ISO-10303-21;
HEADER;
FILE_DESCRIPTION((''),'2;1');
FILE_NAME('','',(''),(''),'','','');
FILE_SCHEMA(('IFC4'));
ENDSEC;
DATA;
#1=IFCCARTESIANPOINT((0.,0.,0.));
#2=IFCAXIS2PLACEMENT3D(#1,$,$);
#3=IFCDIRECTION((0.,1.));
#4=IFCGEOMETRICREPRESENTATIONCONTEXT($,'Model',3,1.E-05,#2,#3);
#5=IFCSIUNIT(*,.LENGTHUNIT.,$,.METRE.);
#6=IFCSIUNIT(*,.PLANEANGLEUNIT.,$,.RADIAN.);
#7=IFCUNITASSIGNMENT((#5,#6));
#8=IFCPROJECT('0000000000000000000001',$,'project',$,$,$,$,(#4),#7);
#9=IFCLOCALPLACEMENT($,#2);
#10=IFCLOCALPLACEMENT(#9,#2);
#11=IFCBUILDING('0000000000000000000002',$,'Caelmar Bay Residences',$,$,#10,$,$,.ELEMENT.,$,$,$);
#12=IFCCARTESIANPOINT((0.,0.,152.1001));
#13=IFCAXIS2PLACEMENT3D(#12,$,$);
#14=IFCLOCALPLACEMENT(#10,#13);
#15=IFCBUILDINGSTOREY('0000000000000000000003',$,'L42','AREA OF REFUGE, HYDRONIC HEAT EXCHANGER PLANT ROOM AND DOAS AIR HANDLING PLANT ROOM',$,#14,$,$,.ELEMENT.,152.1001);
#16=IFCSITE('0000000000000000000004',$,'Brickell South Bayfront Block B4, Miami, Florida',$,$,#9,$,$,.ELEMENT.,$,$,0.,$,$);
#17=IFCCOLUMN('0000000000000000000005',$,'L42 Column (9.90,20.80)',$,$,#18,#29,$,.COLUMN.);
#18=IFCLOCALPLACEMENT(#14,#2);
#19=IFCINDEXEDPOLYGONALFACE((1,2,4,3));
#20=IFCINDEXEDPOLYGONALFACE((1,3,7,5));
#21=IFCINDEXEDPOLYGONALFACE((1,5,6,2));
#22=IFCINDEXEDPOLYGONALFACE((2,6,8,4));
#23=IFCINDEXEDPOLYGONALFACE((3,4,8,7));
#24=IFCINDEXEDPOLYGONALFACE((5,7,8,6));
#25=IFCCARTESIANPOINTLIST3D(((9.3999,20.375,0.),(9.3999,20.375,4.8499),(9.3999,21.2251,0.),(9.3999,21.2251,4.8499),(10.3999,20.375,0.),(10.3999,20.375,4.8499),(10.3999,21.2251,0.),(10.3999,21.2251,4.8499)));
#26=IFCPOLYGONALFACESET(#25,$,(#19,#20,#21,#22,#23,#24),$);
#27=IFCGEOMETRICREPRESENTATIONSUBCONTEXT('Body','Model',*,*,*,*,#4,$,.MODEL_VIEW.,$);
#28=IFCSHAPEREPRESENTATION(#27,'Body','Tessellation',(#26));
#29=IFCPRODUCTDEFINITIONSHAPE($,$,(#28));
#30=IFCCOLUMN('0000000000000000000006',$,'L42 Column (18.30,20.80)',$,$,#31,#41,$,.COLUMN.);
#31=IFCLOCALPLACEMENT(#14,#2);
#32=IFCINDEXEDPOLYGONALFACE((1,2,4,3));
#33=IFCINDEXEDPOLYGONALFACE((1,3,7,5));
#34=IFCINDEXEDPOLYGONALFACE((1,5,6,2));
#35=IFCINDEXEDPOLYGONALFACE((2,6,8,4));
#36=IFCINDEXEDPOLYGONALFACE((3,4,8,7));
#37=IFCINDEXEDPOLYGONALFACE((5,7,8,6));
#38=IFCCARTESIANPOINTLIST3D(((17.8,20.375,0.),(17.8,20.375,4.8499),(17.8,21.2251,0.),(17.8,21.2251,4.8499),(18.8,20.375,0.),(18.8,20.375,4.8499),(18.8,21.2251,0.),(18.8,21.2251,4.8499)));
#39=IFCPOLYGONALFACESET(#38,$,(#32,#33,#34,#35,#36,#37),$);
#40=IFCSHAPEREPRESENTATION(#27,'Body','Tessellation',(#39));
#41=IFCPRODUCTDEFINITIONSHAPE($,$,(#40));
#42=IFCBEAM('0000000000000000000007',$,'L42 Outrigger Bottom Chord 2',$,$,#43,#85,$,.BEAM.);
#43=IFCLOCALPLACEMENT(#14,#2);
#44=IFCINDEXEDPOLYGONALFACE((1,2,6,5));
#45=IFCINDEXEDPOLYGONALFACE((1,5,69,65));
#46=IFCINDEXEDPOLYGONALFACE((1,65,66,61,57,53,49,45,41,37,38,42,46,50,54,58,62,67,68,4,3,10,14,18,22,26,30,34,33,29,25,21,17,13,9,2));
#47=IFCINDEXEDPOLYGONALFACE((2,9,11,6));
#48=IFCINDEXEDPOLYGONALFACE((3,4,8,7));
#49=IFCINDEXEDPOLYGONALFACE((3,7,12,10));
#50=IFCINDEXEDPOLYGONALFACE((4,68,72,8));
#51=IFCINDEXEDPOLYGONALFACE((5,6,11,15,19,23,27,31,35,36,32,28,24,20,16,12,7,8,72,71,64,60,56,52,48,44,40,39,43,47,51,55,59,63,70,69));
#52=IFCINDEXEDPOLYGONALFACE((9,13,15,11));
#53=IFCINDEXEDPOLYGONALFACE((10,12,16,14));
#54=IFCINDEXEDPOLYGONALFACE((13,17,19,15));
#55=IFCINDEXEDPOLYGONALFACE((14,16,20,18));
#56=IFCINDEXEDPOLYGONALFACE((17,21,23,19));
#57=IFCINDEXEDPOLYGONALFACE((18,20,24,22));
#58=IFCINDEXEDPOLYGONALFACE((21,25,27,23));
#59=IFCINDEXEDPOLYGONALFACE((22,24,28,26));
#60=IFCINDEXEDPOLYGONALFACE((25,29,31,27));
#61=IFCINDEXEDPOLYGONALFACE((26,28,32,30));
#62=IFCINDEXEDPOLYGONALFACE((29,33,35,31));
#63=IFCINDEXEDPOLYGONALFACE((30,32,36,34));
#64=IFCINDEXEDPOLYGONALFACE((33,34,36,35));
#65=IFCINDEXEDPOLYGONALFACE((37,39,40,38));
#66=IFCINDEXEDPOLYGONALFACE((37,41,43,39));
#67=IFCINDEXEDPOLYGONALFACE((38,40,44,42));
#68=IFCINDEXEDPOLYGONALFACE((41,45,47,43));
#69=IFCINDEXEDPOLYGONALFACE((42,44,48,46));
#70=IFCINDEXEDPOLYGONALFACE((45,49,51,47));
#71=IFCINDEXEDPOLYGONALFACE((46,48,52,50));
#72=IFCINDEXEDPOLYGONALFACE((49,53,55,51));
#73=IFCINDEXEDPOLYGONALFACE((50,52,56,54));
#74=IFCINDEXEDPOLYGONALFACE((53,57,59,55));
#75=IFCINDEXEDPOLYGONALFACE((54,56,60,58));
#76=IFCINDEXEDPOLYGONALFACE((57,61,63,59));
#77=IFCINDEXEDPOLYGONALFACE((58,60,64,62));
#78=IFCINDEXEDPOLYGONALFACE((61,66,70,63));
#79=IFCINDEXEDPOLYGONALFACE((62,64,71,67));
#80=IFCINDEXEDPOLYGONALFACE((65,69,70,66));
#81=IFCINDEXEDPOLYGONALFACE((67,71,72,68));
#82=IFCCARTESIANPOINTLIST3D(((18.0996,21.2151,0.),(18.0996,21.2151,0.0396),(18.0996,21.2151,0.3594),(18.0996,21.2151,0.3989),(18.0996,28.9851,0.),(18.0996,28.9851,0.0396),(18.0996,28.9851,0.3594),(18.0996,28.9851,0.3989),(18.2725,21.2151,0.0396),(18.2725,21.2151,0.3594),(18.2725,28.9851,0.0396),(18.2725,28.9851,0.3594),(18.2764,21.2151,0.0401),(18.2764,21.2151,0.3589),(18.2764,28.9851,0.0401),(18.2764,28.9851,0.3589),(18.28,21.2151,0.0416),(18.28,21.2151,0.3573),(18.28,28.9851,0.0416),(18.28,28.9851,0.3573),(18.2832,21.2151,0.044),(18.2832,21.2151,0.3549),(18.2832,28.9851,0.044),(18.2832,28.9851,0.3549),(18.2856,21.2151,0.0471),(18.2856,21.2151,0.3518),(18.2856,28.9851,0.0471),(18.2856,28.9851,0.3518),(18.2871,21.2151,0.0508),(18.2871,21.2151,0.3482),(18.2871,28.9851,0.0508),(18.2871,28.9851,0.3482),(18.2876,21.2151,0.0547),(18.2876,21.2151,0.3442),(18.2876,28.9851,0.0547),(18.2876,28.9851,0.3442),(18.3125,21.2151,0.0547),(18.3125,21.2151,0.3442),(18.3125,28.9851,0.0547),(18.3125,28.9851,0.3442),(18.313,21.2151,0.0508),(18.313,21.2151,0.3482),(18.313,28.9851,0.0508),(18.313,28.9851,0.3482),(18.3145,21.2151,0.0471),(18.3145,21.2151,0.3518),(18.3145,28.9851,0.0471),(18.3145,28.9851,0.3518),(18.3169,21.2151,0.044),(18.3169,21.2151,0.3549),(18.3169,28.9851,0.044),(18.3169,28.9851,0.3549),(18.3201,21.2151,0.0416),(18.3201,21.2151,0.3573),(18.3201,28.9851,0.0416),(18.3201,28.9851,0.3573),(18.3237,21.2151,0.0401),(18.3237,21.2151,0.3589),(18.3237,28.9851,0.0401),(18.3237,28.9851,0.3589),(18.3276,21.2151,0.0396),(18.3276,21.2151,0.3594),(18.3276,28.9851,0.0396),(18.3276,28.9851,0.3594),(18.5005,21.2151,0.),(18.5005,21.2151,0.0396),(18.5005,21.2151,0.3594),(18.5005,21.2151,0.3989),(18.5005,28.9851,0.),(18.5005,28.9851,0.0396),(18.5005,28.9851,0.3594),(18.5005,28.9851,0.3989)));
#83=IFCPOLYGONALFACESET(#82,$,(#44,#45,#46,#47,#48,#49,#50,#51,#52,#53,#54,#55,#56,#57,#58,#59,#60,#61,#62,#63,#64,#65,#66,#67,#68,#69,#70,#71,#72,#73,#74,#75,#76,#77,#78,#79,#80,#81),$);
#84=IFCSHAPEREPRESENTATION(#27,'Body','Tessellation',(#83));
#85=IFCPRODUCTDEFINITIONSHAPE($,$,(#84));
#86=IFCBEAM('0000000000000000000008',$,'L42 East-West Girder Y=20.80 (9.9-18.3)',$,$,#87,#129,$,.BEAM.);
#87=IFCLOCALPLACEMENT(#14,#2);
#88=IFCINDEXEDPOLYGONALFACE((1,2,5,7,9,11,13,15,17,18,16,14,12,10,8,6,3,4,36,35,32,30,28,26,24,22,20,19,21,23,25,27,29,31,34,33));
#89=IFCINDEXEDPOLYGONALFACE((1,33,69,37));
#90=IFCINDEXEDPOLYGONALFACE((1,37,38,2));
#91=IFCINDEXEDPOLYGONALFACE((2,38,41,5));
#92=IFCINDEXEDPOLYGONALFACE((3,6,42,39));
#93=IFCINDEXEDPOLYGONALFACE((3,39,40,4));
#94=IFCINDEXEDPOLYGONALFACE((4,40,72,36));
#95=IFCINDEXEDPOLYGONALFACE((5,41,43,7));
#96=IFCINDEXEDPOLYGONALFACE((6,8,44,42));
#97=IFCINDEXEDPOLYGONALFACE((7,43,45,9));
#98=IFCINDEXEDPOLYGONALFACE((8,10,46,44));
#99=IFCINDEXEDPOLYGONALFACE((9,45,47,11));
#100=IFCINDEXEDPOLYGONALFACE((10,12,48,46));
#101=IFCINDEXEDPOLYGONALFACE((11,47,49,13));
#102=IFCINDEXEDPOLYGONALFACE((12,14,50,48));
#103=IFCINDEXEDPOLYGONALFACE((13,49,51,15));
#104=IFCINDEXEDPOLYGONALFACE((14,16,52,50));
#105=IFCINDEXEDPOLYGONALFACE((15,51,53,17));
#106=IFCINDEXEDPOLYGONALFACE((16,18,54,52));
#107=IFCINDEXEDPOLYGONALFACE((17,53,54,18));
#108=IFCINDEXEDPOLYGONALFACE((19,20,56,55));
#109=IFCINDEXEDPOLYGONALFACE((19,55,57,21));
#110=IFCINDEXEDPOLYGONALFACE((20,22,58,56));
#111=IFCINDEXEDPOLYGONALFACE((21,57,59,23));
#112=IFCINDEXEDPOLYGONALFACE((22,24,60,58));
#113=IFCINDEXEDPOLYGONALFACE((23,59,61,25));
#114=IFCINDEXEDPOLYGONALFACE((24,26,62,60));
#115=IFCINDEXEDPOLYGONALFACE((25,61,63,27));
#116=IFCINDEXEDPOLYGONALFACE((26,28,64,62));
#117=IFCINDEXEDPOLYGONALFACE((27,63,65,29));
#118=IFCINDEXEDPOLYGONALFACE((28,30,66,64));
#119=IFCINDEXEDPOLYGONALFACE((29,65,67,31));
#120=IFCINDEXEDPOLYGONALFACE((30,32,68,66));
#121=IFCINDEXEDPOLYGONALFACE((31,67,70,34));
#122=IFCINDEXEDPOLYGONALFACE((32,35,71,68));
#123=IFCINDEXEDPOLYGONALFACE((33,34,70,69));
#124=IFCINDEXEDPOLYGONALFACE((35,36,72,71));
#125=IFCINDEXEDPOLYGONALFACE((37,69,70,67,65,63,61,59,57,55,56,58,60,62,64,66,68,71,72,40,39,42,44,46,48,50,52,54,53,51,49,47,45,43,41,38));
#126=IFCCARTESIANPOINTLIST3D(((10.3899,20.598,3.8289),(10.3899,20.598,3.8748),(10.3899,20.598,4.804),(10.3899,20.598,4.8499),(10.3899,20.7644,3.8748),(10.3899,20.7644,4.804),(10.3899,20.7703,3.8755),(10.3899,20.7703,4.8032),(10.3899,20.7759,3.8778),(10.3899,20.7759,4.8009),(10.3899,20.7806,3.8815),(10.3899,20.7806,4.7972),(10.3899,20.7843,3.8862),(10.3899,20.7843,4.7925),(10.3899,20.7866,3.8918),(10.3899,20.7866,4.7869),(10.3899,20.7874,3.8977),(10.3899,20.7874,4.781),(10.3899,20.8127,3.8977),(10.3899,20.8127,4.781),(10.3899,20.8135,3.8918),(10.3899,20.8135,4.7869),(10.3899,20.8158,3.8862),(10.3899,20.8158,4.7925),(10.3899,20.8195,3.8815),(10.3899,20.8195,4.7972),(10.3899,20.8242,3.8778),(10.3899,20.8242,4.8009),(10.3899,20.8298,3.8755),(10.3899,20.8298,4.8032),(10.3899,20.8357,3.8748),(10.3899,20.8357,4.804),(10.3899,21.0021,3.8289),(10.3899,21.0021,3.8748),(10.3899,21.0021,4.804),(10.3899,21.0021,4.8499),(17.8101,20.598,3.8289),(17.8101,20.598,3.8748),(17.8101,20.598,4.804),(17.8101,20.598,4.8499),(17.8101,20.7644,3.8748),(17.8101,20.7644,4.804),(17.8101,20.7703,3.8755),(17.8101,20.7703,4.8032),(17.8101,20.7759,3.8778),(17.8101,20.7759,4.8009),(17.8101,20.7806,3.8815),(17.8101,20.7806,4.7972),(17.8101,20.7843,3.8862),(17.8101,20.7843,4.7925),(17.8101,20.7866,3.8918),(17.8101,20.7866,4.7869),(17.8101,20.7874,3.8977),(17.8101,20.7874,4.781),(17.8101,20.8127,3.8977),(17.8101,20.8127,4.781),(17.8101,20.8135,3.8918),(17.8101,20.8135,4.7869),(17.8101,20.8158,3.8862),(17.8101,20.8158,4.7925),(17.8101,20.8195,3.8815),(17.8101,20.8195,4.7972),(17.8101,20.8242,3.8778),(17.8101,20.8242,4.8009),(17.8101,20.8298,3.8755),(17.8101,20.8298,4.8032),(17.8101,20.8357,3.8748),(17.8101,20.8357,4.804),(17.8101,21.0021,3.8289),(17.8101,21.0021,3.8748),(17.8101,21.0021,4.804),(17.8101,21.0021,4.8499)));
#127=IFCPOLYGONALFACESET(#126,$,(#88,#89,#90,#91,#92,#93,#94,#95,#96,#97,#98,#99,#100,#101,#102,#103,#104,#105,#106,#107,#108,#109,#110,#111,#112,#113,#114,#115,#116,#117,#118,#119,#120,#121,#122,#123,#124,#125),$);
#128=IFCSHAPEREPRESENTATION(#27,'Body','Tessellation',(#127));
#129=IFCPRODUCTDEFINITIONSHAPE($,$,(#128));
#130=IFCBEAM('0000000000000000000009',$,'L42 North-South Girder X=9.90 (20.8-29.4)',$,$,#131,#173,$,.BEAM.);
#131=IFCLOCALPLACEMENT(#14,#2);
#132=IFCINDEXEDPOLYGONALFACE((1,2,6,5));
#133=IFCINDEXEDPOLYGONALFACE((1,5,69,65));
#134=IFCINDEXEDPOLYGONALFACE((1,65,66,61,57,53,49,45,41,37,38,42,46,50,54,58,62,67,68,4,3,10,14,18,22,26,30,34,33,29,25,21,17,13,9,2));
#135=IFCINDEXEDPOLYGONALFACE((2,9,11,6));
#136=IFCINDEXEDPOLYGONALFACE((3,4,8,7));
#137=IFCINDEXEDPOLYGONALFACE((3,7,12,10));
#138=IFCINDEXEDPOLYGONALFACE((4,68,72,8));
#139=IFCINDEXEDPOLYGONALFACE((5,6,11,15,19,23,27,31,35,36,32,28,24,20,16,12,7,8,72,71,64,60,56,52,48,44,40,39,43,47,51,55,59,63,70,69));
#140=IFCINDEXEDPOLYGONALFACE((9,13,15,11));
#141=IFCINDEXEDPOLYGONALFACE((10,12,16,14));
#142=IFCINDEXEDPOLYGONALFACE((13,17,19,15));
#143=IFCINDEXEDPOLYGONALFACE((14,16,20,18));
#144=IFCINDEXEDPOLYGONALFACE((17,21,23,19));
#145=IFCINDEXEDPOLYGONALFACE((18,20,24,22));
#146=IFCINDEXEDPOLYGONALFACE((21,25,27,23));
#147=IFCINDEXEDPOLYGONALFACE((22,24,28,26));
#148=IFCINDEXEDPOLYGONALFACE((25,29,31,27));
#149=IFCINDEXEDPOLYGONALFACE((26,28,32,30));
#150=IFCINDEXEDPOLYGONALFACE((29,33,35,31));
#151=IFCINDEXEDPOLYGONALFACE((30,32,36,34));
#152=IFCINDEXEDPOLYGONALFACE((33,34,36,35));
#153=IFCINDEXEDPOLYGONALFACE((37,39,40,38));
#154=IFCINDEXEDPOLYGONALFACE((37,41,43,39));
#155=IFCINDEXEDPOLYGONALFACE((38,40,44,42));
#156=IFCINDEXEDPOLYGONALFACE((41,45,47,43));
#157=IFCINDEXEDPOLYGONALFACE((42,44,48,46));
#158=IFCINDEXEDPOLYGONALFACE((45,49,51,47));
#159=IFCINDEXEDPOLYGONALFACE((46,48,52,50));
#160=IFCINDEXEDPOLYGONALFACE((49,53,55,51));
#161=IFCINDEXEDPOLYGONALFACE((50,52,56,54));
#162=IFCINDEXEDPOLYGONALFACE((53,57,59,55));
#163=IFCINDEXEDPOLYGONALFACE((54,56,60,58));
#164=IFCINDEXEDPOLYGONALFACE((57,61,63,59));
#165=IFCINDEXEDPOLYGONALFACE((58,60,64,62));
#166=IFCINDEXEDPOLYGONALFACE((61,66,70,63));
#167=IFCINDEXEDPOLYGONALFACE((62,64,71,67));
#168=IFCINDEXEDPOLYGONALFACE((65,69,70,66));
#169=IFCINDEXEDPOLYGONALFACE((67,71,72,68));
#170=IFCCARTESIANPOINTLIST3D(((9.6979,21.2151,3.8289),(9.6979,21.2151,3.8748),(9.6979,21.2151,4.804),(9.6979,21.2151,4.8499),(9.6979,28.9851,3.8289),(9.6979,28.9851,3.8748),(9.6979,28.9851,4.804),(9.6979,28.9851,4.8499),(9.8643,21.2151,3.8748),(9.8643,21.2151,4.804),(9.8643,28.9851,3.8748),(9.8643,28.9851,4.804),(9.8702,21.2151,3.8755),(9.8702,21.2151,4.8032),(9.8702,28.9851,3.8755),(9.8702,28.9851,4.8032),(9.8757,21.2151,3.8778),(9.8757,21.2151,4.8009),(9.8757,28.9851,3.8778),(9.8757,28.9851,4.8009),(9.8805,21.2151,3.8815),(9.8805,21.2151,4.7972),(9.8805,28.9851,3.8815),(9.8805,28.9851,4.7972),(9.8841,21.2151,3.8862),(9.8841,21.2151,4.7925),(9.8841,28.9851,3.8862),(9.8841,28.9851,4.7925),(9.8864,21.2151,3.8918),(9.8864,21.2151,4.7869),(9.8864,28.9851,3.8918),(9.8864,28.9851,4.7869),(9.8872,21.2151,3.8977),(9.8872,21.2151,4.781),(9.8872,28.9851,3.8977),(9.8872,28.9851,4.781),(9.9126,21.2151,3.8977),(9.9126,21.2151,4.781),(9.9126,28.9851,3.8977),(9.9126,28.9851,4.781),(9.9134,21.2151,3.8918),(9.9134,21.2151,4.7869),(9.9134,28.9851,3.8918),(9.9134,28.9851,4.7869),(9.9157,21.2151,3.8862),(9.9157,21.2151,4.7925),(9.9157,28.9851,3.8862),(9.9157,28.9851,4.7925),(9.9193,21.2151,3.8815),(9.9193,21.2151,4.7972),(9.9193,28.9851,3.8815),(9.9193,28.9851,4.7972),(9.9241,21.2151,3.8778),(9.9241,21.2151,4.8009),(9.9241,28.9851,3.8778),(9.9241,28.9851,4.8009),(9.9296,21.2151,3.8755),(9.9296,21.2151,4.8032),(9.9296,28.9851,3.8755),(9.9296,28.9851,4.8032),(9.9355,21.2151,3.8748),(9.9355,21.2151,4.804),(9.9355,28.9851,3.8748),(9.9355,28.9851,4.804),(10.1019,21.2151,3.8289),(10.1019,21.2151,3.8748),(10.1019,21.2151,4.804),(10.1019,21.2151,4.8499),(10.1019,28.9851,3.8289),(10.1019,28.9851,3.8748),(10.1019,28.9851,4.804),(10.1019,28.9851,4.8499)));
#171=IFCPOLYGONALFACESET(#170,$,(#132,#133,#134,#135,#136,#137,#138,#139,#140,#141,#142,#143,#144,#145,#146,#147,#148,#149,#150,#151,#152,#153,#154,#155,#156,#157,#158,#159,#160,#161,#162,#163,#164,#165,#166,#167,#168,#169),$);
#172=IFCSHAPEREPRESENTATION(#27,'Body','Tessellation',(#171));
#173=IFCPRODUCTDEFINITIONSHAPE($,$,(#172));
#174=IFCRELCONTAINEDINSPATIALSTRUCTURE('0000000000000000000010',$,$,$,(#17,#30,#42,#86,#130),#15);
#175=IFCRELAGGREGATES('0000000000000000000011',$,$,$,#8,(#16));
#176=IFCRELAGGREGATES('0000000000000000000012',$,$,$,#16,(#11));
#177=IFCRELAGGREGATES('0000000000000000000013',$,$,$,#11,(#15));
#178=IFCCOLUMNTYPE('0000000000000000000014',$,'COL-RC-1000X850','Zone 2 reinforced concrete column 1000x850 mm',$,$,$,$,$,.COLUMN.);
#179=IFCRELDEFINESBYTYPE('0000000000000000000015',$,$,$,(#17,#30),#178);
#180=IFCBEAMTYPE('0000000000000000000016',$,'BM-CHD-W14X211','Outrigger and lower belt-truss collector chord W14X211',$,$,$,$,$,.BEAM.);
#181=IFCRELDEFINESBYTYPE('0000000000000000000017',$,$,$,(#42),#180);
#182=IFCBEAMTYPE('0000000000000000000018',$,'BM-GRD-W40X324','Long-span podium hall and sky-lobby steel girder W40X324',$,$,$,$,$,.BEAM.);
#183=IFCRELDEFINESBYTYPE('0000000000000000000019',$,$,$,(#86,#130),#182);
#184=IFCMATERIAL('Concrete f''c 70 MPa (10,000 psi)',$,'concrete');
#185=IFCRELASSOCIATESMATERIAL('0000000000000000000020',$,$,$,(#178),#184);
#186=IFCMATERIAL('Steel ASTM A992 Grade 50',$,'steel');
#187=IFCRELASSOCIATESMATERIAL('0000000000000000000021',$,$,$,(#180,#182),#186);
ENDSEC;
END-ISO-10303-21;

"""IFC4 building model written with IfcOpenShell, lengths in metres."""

from ifc_helpers import new_model, si_unit, direction, frame, origin, origin_2d, place, context, subcontext, project, spatial, rectangle, i_section, extrude, material, material_profile, profile_set, type_object, element, save


model = new_model("IFC4")

# Units and contexts
model_context = context("Model", 3, precision=1e-05, world=origin(), true_north=direction((0.0, 1.0)))
body_context = subcontext(model_context, "Body", "Model", "MODEL_VIEW")
ifc_project = project(units=[si_unit("LENGTHUNIT", "METRE"), si_unit("PLANEANGLEUNIT", "RADIAN")], contexts=[model_context])

# Site, building, storey
site_placement = place(None, origin())
site = spatial("IfcSite", under=ifc_project, at=site_placement, Name="Brickell South Bayfront Block B4, Miami, Florida", CompositionType="ELEMENT", RefElevation=0.0)
building_placement = place(site_placement, origin())
building = spatial("IfcBuilding", under=site, at=building_placement, Name="Caelmar Bay Residences", CompositionType="ELEMENT")
storey_placement = place(building_placement, frame((0.0, 0.0, 152.1001)))
storey = spatial("IfcBuildingStorey", under=building, at=storey_placement, Name="L42", Description="AREA OF REFUGE, HYDRONIC HEAT EXCHANGER PLANT ROOM AND DOAS AIR HANDLING PLANT ROOM", CompositionType="ELEMENT", Elevation=152.1001)

# Columns
ifc_material_1 = material(Name="Concrete f'c 70 MPa (10,000 psi)", Category="concrete")
ifc_material_profile_1 = material_profile(ifc_material_1, rectangle(XDim=1.0, YDim=0.8501, at=origin_2d()), Name="RC-COL-1000X850")
ifc_profile_set_1 = profile_set([ifc_material_profile_1], Name="Concrete f'c 70 MPa (10,000 psi)")
column_type = type_object("IfcColumnType", Name="COL-RC-1000X850", Description="Zone 2 reinforced concrete column 1000x850 mm", PredefinedType="COLUMN", material=ifc_profile_set_1)
for number, where, z_axis, x_axis, name in (
    (1, (9.8999, 20.8, 0.0), (0.0, 0.0, 1.0), (1.0, 0.0, 0.0), "L42 Column (9.90,20.80)"),
    (2, (18.3, 20.8, 0.0), (0.0, 0.0, 1.0), (1.0, 0.0, 0.0), "L42 Column (18.30,20.80)"),
):
    element("IfcColumn", number, at=place(storey_placement, frame(where, z_axis=z_axis, x_axis=x_axis)), inside=storey, type_object=column_type, Name=name, PredefinedType="COLUMN", context=body_context, shape_type="SweptSolid", body=[
        extrude(rectangle(XDim=1.0, YDim=0.8501, at=origin_2d()), origin(), (0.0, 0.0, 1.0), 4.8499),
    ])

# Beams
ifc_material_2 = material(Name="Steel ASTM A992 Grade 50", Category="steel")
ifc_material_profile_2 = material_profile(ifc_material_2, i_section(OverallWidth=0.4009, OverallDepth=0.3989, WebThickness=0.0249, FlangeThickness=0.0396, FilletRadius=0.0151, at=origin_2d()), Name="W14X211")
ifc_profile_set_2 = profile_set([ifc_material_profile_2], Name="Steel ASTM A992 Grade 50")
beam_type_1 = type_object("IfcBeamType", Name="BM-CHD-W14X211", Description="Outrigger and lower belt-truss collector chord W14X211", PredefinedType="BEAM", material=ifc_profile_set_2)
beam_1_placement = place(storey_placement, frame((18.3, 21.2151, 0.1995), z_axis=(0.0, 1.0, 0.0), x_axis=(-1.0, 0.0, 0.0)))
element("IfcBeam", 3, at=beam_1_placement, inside=storey, type_object=beam_type_1, Name="L42 Outrigger Bottom Chord 2", PredefinedType="BEAM", context=body_context, shape_type="SweptSolid", body=[
    extrude(i_section(OverallWidth=0.4009, OverallDepth=0.3989, WebThickness=0.0249, FlangeThickness=0.0396, FilletRadius=0.0151, at=origin_2d()), origin(), (0.0, 0.0, 1.0), 7.77),
])
ifc_material_profile_3 = material_profile(ifc_material_2, i_section(OverallWidth=0.4041, OverallDepth=1.021, WebThickness=0.0254, FlangeThickness=0.0459, FilletRadius=0.0229, at=origin_2d()), Name="W40X324")
ifc_profile_set_3 = profile_set([ifc_material_profile_3], Name="Steel ASTM A992 Grade 50")
beam_type_2 = type_object("IfcBeamType", Name="BM-GRD-W40X324", Description="Long-span podium hall and sky-lobby steel girder W40X324", PredefinedType="BEAM", material=ifc_profile_set_3)
beam_2_placement = place(storey_placement, frame((10.3899, 20.8, 4.3394), z_axis=(1.0, 0.0, 0.0), x_axis=(0.0, 1.0, 0.0)))
element("IfcBeam", 4, at=beam_2_placement, inside=storey, type_object=beam_type_2, Name="L42 East-West Girder Y=20.80 (9.9-18.3)", PredefinedType="BEAM", context=body_context, shape_type="SweptSolid", body=[
    extrude(i_section(OverallWidth=0.4041, OverallDepth=1.021, WebThickness=0.0254, FlangeThickness=0.0459, FilletRadius=0.0229, at=origin_2d()), origin(), (0.0, 0.0, 1.0), 7.4202),
])
for number, where, z_axis, x_axis, name in (
    (5, (9.8999, 21.2151, 4.3394), (0.0, 1.0, 0.0), (-1.0, 0.0, 0.0), "L42 North-South Girder X=9.90 (20.8-29.4)"),
):
    element("IfcBeam", number, at=place(storey_placement, frame(where, z_axis=z_axis, x_axis=x_axis)), inside=storey, type_object=beam_type_2, Name=name, PredefinedType="BEAM", context=body_context, shape_type="SweptSolid", body=[
        extrude(i_section(OverallWidth=0.4041, OverallDepth=1.021, WebThickness=0.0254, FlangeThickness=0.0459, FilletRadius=0.0229, at=origin_2d()), origin(), (0.0, 0.0, 1.0), 7.77),
    ])

save(model, "model.ifc")
